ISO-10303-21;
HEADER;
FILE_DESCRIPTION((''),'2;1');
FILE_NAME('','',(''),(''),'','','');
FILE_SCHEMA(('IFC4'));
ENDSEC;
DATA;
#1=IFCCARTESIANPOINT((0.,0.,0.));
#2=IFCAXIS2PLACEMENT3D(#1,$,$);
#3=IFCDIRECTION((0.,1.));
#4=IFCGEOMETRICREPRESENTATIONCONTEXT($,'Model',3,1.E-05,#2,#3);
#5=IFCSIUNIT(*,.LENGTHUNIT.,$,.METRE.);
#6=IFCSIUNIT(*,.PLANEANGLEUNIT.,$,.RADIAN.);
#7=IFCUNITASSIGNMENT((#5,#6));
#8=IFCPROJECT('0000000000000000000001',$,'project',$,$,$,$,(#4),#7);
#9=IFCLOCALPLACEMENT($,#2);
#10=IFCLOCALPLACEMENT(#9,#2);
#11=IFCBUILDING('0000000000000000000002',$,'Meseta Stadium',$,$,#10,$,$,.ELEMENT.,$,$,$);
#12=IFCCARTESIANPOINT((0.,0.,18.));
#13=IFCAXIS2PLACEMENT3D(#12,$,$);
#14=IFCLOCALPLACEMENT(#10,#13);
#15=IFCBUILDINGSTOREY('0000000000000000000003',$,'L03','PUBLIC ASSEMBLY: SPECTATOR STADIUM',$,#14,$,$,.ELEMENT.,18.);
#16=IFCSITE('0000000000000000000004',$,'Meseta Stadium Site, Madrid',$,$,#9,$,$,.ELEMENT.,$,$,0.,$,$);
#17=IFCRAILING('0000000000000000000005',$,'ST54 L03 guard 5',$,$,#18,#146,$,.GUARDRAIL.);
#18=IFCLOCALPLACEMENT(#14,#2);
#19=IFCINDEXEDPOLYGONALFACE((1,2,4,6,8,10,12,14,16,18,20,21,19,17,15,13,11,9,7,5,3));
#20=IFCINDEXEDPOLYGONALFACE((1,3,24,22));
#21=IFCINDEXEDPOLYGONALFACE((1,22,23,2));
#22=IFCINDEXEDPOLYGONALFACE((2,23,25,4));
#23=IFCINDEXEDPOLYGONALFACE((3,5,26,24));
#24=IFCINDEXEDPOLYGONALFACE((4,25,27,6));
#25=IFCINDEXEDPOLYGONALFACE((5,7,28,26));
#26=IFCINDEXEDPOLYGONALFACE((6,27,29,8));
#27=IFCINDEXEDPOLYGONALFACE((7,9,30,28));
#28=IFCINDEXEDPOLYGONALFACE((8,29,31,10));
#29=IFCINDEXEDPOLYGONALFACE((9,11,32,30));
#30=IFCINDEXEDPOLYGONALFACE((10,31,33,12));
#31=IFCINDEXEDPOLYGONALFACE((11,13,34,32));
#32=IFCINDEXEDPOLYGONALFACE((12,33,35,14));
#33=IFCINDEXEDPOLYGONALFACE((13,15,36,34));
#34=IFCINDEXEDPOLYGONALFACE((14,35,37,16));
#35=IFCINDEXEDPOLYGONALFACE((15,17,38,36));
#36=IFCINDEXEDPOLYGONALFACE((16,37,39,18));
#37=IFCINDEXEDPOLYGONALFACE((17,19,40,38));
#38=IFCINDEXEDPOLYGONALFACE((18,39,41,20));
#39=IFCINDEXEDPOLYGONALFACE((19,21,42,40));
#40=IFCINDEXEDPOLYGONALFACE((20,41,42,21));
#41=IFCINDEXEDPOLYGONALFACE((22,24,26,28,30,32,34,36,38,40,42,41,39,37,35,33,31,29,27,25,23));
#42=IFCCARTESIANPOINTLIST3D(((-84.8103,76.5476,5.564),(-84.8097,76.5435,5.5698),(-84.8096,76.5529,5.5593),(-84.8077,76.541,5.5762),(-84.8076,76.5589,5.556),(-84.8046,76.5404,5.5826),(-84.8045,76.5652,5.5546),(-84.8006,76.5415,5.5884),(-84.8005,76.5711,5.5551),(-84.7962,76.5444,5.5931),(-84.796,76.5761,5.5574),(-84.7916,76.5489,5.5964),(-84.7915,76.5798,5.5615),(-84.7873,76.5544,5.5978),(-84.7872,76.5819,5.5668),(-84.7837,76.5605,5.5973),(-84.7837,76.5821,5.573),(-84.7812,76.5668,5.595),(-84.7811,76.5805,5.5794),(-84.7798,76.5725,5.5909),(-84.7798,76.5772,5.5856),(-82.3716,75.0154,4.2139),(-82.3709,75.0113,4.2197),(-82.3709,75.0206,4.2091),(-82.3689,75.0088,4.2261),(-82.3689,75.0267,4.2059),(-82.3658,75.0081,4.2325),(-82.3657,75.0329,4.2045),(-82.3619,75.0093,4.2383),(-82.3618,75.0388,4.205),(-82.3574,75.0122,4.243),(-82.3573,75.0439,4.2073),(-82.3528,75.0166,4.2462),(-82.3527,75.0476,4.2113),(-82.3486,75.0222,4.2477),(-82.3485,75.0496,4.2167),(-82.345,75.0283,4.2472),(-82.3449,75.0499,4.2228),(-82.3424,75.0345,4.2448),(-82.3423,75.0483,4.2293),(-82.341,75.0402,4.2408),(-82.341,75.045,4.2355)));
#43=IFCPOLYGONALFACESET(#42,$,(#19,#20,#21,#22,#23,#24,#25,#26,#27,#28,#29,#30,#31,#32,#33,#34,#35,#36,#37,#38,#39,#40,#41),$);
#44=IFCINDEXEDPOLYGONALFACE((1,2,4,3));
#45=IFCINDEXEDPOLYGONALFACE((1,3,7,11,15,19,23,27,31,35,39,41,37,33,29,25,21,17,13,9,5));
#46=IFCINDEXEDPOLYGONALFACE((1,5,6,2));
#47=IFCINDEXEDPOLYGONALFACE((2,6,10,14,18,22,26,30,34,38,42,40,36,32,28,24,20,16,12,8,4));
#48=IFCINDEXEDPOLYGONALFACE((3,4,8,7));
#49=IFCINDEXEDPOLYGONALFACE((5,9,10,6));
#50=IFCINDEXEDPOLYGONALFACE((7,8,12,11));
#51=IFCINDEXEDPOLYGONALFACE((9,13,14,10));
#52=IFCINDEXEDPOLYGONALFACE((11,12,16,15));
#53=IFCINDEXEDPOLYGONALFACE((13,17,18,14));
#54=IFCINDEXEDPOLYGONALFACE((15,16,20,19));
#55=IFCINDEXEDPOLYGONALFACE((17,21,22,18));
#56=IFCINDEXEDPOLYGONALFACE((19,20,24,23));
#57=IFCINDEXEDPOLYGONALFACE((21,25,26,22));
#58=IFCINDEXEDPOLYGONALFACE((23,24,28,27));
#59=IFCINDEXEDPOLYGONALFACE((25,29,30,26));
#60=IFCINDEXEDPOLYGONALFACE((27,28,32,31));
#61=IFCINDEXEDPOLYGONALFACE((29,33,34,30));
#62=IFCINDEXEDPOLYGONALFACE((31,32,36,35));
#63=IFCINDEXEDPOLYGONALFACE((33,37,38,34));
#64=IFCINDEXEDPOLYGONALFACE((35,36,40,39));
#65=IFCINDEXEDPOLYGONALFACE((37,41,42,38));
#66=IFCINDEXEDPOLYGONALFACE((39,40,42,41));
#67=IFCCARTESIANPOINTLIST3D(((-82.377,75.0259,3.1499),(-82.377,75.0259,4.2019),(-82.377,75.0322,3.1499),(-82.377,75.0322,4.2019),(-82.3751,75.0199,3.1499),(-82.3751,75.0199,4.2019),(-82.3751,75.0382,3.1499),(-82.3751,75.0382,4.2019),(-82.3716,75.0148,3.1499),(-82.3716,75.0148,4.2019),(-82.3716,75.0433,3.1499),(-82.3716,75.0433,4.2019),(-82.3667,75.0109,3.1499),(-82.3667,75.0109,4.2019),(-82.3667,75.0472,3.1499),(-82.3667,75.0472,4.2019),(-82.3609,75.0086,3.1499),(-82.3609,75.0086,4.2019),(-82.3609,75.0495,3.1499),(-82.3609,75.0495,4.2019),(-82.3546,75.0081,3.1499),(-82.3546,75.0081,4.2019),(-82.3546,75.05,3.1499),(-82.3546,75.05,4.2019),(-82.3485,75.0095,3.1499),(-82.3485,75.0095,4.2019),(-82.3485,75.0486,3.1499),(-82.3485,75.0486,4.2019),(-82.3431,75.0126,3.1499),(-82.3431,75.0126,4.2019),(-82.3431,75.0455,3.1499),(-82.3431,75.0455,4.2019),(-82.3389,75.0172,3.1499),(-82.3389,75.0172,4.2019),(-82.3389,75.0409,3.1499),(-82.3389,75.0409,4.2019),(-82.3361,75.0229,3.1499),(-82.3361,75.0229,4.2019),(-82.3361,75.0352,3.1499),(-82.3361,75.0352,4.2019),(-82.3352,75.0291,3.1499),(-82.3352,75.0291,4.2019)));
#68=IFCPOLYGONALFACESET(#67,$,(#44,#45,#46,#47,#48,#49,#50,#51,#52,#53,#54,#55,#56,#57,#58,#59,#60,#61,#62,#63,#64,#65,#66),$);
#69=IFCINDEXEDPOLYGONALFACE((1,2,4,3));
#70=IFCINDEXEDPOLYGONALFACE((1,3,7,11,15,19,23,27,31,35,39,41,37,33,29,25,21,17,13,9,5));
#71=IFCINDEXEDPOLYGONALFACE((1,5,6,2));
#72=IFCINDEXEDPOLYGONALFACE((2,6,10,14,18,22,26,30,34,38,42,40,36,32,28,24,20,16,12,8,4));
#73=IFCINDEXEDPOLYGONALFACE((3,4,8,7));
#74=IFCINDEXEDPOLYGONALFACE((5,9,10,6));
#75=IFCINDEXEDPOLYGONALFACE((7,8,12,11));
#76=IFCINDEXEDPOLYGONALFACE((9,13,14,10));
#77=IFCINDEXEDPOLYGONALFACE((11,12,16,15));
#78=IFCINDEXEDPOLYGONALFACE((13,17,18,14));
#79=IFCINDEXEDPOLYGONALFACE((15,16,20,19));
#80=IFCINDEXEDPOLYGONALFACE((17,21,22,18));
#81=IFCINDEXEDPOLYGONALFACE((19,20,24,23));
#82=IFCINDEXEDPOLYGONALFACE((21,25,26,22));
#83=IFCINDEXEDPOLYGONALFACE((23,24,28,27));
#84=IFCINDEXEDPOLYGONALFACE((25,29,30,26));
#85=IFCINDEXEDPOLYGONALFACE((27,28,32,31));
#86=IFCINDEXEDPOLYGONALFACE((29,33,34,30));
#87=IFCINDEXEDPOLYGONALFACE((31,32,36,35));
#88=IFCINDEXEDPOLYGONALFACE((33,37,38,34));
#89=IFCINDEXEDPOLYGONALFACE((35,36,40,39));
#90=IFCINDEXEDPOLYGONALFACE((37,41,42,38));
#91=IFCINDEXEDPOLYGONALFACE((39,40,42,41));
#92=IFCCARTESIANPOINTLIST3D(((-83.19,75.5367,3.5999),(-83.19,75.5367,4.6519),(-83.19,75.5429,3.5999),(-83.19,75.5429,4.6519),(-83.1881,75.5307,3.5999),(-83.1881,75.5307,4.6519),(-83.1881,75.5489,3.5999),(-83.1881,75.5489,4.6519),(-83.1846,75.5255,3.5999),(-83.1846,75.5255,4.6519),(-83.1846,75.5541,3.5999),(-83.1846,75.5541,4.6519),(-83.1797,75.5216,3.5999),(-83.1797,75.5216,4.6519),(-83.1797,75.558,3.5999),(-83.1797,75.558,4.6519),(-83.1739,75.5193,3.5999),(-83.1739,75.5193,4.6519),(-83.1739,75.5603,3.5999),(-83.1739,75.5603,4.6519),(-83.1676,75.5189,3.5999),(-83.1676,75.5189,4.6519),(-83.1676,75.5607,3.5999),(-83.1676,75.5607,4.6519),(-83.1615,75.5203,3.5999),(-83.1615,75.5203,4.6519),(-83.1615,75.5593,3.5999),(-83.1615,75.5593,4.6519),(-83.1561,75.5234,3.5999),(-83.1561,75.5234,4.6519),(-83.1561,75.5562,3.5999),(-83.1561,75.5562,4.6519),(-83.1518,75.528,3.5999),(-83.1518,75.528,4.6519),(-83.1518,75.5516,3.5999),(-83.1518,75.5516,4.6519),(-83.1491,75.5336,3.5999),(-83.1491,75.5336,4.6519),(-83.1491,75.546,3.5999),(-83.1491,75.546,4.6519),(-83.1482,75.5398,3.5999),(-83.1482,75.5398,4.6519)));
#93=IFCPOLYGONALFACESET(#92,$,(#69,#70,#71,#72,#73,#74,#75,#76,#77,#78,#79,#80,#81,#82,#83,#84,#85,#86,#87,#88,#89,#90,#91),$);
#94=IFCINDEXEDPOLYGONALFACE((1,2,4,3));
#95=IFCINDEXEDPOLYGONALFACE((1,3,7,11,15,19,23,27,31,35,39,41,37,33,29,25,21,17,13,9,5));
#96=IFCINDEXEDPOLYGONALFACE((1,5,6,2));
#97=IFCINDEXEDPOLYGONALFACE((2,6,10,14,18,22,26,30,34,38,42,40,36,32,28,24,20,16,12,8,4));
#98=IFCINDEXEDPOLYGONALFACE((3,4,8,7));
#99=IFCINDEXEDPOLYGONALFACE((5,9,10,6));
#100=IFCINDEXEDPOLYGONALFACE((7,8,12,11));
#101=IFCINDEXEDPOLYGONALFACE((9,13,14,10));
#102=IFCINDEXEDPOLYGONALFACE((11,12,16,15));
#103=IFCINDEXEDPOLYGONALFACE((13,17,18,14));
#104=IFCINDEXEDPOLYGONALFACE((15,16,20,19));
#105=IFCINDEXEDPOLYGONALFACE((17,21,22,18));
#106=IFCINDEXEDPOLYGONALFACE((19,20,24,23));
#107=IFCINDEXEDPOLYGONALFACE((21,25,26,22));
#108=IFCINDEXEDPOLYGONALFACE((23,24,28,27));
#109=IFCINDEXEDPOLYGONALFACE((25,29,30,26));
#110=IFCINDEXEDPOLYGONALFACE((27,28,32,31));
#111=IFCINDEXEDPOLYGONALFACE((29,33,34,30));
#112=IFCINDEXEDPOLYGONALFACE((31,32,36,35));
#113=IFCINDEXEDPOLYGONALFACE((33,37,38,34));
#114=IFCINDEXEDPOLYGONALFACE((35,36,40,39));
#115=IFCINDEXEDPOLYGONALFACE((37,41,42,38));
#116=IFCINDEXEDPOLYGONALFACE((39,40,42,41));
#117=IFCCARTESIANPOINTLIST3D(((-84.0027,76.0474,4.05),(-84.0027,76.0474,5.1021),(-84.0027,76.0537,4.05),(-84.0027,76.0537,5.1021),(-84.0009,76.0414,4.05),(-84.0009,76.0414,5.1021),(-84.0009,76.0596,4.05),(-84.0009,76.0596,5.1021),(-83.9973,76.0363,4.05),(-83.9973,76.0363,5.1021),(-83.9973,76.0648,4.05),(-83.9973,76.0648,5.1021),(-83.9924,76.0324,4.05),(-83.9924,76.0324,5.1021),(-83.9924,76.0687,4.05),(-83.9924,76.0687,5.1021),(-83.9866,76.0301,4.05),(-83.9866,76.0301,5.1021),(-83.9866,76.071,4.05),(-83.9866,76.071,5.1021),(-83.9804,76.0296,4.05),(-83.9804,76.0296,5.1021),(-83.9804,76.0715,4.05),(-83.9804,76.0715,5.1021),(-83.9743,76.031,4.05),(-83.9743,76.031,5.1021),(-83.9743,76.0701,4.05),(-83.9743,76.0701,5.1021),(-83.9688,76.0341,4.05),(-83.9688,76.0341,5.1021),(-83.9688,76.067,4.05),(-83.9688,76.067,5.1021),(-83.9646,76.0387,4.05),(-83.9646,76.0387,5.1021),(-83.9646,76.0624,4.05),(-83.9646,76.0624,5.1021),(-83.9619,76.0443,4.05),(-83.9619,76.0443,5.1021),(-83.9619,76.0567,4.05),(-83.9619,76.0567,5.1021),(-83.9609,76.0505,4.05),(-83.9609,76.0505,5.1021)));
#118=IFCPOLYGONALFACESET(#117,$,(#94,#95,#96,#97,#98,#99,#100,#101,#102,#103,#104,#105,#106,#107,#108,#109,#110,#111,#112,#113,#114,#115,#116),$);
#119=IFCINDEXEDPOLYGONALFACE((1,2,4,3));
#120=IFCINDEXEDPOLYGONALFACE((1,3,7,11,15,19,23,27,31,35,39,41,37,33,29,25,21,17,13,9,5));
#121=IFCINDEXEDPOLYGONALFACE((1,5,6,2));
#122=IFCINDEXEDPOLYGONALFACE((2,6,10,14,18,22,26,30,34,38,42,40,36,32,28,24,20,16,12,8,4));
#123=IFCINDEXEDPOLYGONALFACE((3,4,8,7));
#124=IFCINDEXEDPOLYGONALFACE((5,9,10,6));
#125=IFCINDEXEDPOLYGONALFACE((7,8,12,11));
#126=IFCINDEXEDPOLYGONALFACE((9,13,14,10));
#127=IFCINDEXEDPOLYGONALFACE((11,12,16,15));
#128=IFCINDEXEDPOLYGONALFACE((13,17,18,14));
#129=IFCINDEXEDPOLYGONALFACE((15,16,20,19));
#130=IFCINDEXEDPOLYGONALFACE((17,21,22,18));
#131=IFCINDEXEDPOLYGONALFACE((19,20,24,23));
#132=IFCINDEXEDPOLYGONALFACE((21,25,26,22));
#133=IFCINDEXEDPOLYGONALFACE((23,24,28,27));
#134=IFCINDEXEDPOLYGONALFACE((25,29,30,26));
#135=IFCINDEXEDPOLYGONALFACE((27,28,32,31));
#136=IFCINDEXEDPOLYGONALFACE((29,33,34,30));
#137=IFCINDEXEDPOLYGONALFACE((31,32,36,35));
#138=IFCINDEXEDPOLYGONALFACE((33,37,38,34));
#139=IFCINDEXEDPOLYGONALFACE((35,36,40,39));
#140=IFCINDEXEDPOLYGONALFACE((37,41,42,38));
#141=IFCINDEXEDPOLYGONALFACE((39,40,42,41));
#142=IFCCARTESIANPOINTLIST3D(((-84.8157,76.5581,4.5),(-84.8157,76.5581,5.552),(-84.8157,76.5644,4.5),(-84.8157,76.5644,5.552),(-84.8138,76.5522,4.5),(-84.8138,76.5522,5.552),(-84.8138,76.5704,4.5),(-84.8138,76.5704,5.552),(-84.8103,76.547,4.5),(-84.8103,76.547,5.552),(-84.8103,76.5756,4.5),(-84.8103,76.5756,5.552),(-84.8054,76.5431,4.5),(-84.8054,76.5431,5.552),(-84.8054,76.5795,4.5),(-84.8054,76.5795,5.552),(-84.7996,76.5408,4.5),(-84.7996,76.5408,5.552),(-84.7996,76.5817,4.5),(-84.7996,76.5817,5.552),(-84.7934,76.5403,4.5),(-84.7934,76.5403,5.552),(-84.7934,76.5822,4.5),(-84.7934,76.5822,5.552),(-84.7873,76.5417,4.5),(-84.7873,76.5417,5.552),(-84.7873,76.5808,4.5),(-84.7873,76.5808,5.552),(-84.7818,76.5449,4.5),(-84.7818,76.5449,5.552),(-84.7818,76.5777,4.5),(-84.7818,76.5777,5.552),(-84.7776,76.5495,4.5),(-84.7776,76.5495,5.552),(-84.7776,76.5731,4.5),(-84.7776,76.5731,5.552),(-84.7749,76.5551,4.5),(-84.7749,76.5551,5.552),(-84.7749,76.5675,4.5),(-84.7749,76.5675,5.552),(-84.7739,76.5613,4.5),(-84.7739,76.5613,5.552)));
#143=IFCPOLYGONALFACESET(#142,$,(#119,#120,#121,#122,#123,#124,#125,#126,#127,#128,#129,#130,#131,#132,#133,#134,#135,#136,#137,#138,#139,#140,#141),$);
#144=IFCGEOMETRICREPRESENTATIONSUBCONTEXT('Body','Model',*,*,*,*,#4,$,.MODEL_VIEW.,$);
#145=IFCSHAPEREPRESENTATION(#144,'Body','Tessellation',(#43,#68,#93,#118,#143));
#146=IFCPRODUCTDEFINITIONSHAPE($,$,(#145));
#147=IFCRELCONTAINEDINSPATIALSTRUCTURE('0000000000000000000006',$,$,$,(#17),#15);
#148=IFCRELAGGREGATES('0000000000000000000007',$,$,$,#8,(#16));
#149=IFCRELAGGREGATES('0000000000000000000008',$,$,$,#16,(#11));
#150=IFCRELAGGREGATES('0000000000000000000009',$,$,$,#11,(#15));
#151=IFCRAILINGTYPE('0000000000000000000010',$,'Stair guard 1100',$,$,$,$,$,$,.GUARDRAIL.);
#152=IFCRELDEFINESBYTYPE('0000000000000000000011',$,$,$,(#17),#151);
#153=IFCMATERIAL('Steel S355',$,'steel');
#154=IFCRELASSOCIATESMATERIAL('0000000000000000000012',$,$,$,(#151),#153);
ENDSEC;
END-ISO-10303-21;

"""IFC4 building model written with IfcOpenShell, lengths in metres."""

from ifc_helpers import new_model, si_unit, direction, frame, origin, origin_2d, place, context, subcontext, project, spatial, circle, extrude, material, type_object, element, save


model = new_model("IFC4")

# Units and contexts
model_context = context("Model", 3, precision=1e-05, world=origin(), true_north=direction((0.0, 1.0)))
body_context = subcontext(model_context, "Body", "Model", "MODEL_VIEW")
ifc_project = project(units=[si_unit("LENGTHUNIT", "METRE"), si_unit("PLANEANGLEUNIT", "RADIAN")], contexts=[model_context])

# Site, building, storey
site_placement = place(None, origin())
site = spatial("IfcSite", under=ifc_project, at=site_placement, Name="Meseta Stadium Site, Madrid", CompositionType="ELEMENT", RefElevation=0.0)
building_placement = place(site_placement, origin())
building = spatial("IfcBuilding", under=site, at=building_placement, Name="Meseta Stadium", CompositionType="ELEMENT")
storey_placement = place(building_placement, frame((0.0, 0.0, 18.0)))
storey = spatial("IfcBuildingStorey", under=building, at=storey_placement, Name="L03", Description="PUBLIC ASSEMBLY: SPECTATOR STADIUM", CompositionType="ELEMENT", Elevation=18.0)

# Railing
ifc_material_1 = material(Name="Steel S355", Category="steel")
railing_type_1 = type_object("IfcRailingType", Name="Stair guard 1100", PredefinedType="GUARDRAIL", material=ifc_material_1)
railing_1_placement = place(storey_placement, frame((-82.3562, 75.0291, 3.1499)))
element("IfcRailing", 1, at=railing_1_placement, inside=storey, type_object=railing_type_1, Name="ST54 L03 guard 5", PredefinedType="GUARDRAIL", context=body_context, shape_type="SweptSolid", body=[
    extrude(circle(Radius=0.0239, at=origin_2d()), frame((0.0, 0.0, 1.0762), z_axis=(-0.766687, 0.481703, 0.424445), x_axis=(-0.532001, -0.846743, 0.0)), (0.0, 0.0, 1.0), 3.1809),
    extrude(circle(Radius=0.021, at=origin_2d()), origin(), (0.0, 0.0, 1.0), 1.052),
    extrude(circle(Radius=0.021, at=origin_2d()), frame((-0.813, 0.5107, 0.45)), (0.0, 0.0, 1.0), 1.052),
    extrude(circle(Radius=0.021, at=origin_2d()), frame((-1.6257, 1.0215, 0.9001)), (0.0, 0.0, 1.0), 1.052),
    extrude(circle(Radius=0.021, at=origin_2d()), frame((-2.4387, 1.5322, 1.3501)), (0.0, 0.0, 1.0), 1.052),
])

save(model, "model.ifc")
